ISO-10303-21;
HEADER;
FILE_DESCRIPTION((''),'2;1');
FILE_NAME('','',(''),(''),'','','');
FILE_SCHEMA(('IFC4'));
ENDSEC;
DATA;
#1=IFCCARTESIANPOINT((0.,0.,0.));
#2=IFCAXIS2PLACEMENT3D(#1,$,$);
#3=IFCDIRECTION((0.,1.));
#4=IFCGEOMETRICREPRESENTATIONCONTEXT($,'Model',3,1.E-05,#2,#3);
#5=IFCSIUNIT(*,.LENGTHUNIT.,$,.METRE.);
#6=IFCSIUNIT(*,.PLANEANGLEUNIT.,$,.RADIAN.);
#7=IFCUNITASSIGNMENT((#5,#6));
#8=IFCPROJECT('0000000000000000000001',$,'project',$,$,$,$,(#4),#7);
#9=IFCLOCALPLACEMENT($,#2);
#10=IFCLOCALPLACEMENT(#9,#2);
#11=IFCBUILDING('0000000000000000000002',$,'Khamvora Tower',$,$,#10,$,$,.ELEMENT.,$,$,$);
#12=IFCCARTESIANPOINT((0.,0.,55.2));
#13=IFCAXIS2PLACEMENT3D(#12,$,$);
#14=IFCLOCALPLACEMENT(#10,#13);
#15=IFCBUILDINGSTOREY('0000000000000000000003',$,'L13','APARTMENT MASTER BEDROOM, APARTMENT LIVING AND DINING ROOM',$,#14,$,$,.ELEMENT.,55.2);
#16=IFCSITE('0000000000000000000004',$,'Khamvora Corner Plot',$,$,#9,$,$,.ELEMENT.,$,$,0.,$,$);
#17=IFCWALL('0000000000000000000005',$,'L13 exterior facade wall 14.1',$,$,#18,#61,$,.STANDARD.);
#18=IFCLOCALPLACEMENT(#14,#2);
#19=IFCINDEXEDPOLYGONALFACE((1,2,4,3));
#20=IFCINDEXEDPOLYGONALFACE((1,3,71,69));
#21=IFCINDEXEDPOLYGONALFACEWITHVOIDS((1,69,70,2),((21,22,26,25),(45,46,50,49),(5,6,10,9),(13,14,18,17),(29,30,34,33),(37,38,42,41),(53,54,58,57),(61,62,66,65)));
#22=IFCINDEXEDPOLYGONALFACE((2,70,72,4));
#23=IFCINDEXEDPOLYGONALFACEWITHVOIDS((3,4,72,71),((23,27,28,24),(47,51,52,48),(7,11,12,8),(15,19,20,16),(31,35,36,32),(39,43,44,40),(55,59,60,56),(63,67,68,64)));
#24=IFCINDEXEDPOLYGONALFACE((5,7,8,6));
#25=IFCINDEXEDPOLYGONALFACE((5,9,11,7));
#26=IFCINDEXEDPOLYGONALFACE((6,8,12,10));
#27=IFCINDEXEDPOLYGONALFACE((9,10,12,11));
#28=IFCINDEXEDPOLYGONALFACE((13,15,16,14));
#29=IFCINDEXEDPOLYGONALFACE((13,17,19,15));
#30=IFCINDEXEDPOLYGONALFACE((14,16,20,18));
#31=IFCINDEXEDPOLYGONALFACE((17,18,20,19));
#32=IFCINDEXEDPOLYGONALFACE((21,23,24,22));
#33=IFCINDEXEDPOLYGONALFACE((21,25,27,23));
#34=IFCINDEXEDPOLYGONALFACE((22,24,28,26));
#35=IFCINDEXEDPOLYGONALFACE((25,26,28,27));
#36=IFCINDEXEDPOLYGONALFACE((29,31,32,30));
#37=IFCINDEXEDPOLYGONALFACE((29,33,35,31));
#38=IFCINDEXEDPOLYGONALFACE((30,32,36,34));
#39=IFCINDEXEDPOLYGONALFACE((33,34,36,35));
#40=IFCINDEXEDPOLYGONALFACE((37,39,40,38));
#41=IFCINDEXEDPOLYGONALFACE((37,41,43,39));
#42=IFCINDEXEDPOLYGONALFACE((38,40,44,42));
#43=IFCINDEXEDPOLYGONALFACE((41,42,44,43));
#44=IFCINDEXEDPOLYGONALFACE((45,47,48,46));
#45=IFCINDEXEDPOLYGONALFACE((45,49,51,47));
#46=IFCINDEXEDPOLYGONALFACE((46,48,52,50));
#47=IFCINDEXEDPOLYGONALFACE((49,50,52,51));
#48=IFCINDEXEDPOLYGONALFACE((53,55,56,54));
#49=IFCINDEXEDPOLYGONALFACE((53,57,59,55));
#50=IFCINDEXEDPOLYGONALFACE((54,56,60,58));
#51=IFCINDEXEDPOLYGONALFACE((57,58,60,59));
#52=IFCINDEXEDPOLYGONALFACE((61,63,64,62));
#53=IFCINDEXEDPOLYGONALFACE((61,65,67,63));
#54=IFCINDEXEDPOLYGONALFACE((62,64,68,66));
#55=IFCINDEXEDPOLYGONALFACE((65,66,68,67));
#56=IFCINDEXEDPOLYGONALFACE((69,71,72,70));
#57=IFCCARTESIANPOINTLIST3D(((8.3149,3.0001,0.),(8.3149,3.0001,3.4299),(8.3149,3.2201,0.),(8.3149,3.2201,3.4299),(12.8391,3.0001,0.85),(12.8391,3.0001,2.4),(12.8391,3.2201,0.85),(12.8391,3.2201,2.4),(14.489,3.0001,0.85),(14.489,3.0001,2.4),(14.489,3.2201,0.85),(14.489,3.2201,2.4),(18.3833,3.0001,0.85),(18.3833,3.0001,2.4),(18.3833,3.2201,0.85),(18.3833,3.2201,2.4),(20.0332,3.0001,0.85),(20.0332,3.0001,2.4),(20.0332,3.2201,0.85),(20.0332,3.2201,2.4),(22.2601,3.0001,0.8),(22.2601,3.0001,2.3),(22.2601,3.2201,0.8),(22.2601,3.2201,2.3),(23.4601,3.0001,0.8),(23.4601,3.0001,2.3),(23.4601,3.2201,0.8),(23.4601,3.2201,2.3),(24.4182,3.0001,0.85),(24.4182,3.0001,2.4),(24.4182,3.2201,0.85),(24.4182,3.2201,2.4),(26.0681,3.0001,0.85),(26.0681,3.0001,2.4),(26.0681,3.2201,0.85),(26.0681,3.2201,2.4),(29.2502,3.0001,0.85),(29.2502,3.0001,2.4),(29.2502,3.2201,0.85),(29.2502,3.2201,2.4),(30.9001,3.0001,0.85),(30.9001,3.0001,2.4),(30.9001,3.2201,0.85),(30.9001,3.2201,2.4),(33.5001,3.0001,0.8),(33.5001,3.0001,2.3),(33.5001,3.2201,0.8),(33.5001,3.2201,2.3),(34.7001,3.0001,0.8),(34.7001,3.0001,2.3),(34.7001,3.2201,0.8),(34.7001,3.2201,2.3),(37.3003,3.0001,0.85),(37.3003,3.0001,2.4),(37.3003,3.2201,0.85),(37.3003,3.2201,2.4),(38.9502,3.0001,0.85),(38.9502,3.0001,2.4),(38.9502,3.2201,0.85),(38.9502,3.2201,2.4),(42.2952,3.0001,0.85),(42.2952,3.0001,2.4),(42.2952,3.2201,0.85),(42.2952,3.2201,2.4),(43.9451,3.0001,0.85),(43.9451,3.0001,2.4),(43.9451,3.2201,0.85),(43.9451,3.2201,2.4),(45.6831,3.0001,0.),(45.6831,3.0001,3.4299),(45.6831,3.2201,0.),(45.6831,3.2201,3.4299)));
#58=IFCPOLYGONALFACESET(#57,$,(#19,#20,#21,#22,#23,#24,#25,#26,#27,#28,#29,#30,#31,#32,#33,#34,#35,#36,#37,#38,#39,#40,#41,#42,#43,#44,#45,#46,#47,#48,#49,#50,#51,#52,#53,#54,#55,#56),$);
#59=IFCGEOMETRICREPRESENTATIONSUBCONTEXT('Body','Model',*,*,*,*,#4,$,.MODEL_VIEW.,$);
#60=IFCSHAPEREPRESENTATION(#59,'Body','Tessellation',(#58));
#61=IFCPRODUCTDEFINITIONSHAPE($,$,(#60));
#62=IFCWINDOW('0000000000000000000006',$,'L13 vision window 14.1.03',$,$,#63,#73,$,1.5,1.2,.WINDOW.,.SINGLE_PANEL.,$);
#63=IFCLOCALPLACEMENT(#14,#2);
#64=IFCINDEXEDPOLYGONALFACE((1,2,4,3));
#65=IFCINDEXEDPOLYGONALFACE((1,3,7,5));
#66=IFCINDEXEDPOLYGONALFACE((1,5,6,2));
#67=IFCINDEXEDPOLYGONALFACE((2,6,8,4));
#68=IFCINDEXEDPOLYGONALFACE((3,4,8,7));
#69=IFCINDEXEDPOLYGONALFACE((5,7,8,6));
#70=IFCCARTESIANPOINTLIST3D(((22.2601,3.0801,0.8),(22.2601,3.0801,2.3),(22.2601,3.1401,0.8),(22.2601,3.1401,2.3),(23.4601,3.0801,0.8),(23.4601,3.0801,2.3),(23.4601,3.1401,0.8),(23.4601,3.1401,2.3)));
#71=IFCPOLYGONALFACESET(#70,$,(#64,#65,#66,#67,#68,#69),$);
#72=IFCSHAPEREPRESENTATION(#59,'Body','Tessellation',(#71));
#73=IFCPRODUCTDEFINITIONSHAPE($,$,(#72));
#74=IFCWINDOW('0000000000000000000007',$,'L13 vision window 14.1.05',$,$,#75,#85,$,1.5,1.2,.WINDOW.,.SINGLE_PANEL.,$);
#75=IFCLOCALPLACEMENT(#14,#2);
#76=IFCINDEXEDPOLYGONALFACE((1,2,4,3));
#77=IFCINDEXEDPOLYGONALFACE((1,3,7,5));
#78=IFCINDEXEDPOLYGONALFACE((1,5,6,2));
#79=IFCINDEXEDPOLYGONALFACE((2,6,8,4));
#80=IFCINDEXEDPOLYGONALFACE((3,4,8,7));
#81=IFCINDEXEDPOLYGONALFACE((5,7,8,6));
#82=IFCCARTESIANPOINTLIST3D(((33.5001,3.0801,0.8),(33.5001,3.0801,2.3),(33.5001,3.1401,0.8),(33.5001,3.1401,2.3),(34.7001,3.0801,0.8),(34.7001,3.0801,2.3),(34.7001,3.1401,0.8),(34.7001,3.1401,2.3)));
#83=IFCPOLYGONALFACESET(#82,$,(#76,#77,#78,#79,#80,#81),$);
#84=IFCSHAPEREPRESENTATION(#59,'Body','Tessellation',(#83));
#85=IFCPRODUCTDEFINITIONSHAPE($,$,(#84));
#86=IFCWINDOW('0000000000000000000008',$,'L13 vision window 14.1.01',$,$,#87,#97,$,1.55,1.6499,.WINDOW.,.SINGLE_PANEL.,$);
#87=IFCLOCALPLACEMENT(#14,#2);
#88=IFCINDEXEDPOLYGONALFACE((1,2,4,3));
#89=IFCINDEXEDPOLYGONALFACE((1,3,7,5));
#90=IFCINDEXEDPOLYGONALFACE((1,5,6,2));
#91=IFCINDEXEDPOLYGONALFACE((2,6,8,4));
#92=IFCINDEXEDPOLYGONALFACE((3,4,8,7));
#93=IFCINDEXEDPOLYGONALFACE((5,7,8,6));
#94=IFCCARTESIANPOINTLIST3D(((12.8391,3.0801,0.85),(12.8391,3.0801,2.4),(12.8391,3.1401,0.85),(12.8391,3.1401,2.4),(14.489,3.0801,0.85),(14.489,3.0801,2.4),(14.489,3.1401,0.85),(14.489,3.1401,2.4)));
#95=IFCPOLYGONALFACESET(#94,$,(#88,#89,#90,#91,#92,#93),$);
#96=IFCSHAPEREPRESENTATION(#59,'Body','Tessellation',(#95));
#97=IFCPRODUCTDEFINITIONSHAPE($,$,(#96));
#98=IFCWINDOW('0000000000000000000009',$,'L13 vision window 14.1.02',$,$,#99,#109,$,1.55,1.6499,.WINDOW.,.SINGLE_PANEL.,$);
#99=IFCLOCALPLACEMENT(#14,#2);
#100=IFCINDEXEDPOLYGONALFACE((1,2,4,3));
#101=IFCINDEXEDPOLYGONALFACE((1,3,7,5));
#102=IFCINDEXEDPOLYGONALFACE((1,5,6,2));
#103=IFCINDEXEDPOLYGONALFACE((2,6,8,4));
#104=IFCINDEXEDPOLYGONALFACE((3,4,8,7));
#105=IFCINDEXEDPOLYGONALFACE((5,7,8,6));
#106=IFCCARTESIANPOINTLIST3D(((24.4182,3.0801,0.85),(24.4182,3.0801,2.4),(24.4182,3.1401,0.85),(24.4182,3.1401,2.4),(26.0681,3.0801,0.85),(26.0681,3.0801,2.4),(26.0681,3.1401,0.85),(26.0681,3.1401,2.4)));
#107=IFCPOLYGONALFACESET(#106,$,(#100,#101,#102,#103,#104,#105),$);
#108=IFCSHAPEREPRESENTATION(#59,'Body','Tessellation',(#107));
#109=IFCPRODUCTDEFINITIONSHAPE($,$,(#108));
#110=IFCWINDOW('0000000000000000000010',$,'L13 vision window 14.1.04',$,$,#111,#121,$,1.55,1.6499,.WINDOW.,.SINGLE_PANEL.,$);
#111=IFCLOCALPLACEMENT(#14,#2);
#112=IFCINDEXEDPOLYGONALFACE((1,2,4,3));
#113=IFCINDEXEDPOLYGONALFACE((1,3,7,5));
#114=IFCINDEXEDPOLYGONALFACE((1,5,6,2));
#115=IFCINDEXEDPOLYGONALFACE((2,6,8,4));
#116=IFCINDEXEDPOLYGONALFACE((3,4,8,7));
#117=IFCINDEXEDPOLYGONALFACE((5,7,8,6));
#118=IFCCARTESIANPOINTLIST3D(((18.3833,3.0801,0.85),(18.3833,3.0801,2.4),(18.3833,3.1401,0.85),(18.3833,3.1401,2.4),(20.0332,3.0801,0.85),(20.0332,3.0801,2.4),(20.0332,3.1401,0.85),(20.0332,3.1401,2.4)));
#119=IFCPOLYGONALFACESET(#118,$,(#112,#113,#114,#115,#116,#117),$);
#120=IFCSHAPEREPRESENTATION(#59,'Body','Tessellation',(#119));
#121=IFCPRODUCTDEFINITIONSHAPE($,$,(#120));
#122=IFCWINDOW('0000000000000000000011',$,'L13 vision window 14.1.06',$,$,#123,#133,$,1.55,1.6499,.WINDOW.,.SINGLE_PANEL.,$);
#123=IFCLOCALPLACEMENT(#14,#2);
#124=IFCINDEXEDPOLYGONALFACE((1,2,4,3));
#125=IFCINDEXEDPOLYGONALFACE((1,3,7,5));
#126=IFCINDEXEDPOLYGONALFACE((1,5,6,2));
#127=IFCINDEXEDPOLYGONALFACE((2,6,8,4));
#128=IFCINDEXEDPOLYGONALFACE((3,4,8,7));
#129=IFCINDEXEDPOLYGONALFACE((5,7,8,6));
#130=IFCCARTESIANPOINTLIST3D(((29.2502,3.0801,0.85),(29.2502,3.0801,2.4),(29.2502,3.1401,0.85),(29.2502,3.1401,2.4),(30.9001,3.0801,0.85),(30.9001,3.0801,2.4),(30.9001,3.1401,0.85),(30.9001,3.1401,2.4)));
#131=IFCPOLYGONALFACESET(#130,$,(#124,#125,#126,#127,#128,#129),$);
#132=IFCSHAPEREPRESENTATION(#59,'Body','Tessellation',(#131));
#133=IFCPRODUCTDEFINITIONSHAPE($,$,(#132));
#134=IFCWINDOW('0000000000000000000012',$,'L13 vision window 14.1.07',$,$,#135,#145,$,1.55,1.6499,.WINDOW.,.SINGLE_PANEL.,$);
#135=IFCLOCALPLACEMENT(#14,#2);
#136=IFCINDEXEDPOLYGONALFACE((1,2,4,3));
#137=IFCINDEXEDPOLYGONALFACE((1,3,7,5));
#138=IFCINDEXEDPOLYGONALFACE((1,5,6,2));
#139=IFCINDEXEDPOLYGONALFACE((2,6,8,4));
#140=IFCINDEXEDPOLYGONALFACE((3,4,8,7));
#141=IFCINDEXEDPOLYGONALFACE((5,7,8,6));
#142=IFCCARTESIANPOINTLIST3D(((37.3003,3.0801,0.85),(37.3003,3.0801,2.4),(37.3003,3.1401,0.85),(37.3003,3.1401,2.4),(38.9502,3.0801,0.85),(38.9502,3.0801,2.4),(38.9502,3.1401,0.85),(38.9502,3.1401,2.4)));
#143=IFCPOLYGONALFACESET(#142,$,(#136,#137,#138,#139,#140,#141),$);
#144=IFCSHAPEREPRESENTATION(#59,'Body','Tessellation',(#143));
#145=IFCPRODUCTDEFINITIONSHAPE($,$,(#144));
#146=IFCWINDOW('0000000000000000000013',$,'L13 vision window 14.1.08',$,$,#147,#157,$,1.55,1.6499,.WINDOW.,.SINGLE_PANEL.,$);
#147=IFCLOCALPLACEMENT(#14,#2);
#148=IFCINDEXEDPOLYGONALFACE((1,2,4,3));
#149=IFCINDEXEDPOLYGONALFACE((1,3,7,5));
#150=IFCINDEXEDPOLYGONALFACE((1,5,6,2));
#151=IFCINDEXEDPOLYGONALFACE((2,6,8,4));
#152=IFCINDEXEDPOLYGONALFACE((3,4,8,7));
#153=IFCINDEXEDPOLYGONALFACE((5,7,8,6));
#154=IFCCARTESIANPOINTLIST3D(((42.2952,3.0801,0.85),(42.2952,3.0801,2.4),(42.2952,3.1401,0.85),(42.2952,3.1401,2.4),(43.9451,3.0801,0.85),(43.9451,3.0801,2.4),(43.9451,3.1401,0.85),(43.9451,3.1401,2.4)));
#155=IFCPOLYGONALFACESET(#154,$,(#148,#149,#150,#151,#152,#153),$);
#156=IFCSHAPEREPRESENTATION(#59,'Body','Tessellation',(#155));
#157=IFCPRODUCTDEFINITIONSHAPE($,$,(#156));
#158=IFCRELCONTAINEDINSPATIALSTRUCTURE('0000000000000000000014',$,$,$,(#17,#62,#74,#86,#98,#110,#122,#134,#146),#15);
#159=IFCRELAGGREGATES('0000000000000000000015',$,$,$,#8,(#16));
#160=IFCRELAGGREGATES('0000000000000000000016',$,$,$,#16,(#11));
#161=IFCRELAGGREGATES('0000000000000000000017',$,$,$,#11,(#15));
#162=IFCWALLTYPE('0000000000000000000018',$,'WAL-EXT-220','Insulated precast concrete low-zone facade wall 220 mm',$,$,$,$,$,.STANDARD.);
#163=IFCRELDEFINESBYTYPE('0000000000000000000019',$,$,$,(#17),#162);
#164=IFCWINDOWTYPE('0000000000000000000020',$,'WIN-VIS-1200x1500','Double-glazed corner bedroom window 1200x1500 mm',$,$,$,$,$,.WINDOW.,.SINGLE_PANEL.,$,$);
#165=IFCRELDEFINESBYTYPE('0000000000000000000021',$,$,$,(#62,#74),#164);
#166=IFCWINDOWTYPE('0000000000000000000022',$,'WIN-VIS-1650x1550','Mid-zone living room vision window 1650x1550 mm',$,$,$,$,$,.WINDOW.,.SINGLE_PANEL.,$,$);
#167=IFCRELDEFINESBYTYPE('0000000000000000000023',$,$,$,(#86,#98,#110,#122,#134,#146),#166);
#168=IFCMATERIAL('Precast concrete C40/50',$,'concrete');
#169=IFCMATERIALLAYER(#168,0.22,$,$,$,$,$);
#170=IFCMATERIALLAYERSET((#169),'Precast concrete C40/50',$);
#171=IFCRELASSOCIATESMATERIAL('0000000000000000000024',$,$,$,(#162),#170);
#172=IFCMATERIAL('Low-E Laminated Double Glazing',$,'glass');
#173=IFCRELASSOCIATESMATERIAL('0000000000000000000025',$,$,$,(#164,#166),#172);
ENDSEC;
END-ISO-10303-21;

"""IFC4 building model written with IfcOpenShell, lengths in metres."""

from ifc_helpers import new_model, si_unit, direction, frame, frame_2d, origin, place, context, subcontext, project, spatial, rectangle, extrude, material, layer, layer_set, type_object, element, fill, save


model = new_model("IFC4")

# Units and contexts
model_context = context("Model", 3, precision=1e-05, world=origin(), true_north=direction((0.0, 1.0)))
body_context = subcontext(model_context, "Body", "Model", "MODEL_VIEW")
ifc_project = project(units=[si_unit("LENGTHUNIT", "METRE"), si_unit("PLANEANGLEUNIT", "RADIAN")], contexts=[model_context])

# Site, building, storey
site_placement = place(None, origin())
site = spatial("IfcSite", under=ifc_project, at=site_placement, Name="Khamvora Corner Plot", CompositionType="ELEMENT", RefElevation=0.0)
building_placement = place(site_placement, origin())
building = spatial("IfcBuilding", under=site, at=building_placement, Name="Khamvora Tower", CompositionType="ELEMENT")
storey_placement = place(building_placement, frame((0.0, 0.0, 55.2)))
storey = spatial("IfcBuildingStorey", under=building, at=storey_placement, Name="L13", Description="APARTMENT MASTER BEDROOM, APARTMENT LIVING AND DINING ROOM", CompositionType="ELEMENT", Elevation=55.2)

# Shared definitions
ifc_material_1 = material(Name="Precast concrete C40/50", Category="concrete")
ifc_layer_1 = layer(ifc_material_1, 0.22)
ifc_layer_set_1 = layer_set([ifc_layer_1], Name="Precast concrete C40/50")
wall_type_1 = type_object("IfcWallType", Name="WAL-EXT-220", Description="Insulated precast concrete low-zone facade wall 220 mm", PredefinedType="STANDARD", material=ifc_layer_set_1)

# Wall, openings, windows
wall_1_placement = place(storey_placement, frame((45.6831, 3.1101, 0.0), z_axis=(0.0, 0.0, 1.0), x_axis=(-1.0, 0.0, 0.0)))
wall_1 = element("IfcWall", 1, at=wall_1_placement, inside=storey, type_object=wall_type_1, Name="L13 exterior facade wall 14.1", PredefinedType="STANDARD", context=body_context, shape_type="SweptSolid", body=[
    extrude(rectangle(XDim=37.3682, YDim=0.22, at=frame_2d((18.6841, 0.0))), origin(), (0.0, 0.0, 1.0), 3.4299),
])
opening_1_placement = place(wall_1_placement, frame((31.1941, 0.0, 0.8501)))
opening_1 = element("IfcOpeningElement", 2, at=opening_1_placement, cuts=wall_1, PredefinedType="OPENING", context=body_context, shape_type="SweptSolid", body=[
    extrude(rectangle(XDim=1.6499, YDim=1.55, at=frame_2d((0.825, 0.7749))), frame((0.0, 0.1199, 0.0), z_axis=(0.0, -1.0, 0.0), x_axis=(1.0, 0.0, 0.0)), (0.0, 0.0, 1.0), 0.24),
])
opening_2_placement = place(wall_1_placement, frame((19.615, 0.0, 0.8501)))
opening_2 = element("IfcOpeningElement", 3, at=opening_2_placement, cuts=wall_1, PredefinedType="OPENING", context=body_context, shape_type="SweptSolid", body=[
    extrude(rectangle(XDim=1.6499, YDim=1.55, at=frame_2d((0.825, 0.7749))), frame((0.0, 0.1199, 0.0), z_axis=(0.0, -1.0, 0.0), x_axis=(1.0, 0.0, 0.0)), (0.0, 0.0, 1.0), 0.24),
])
opening_3_placement = place(wall_1_placement, frame((22.2229, 0.0, 0.8)))
opening_3 = element("IfcOpeningElement", 4, at=opening_3_placement, cuts=wall_1, PredefinedType="OPENING", context=body_context, shape_type="SweptSolid", body=[
    extrude(rectangle(XDim=1.2, YDim=1.5, at=frame_2d((0.6001, 0.75))), frame((0.0, 0.1199, 0.0), z_axis=(0.0, -1.0, 0.0), x_axis=(1.0, 0.0, 0.0)), (0.0, 0.0, 1.0), 0.24),
])
opening_4_placement = place(wall_1_placement, frame((25.6499, 0.0, 0.8501)))
opening_4 = element("IfcOpeningElement", 5, at=opening_4_placement, cuts=wall_1, PredefinedType="OPENING", context=body_context, shape_type="SweptSolid", body=[
    extrude(rectangle(XDim=1.6499, YDim=1.55, at=frame_2d((0.825, 0.7749))), frame((0.0, 0.1199, 0.0), z_axis=(0.0, -1.0, 0.0), x_axis=(1.0, 0.0, 0.0)), (0.0, 0.0, 1.0), 0.24),
])
opening_5_placement = place(wall_1_placement, frame((10.9829, 0.0, 0.8)))
opening_5 = element("IfcOpeningElement", 6, at=opening_5_placement, cuts=wall_1, PredefinedType="OPENING", context=body_context, shape_type="SweptSolid", body=[
    extrude(rectangle(XDim=1.2, YDim=1.5, at=frame_2d((0.6001, 0.75))), frame((0.0, 0.1199, 0.0), z_axis=(0.0, -1.0, 0.0), x_axis=(1.0, 0.0, 0.0)), (0.0, 0.0, 1.0), 0.24),
])
opening_6_placement = place(wall_1_placement, frame((14.783, 0.0, 0.8501)))
opening_6 = element("IfcOpeningElement", 7, at=opening_6_placement, cuts=wall_1, PredefinedType="OPENING", context=body_context, shape_type="SweptSolid", body=[
    extrude(rectangle(XDim=1.6499, YDim=1.55, at=frame_2d((0.825, 0.7749))), frame((0.0, 0.1199, 0.0), z_axis=(0.0, -1.0, 0.0), x_axis=(1.0, 0.0, 0.0)), (0.0, 0.0, 1.0), 0.24),
])
opening_7_placement = place(wall_1_placement, frame((6.7329, 0.0, 0.8501)))
opening_7 = element("IfcOpeningElement", 8, at=opening_7_placement, cuts=wall_1, PredefinedType="OPENING", context=body_context, shape_type="SweptSolid", body=[
    extrude(rectangle(XDim=1.6499, YDim=1.55, at=frame_2d((0.825, 0.7749))), frame((0.0, 0.1199, 0.0), z_axis=(0.0, -1.0, 0.0), x_axis=(1.0, 0.0, 0.0)), (0.0, 0.0, 1.0), 0.24),
])
opening_8_placement = place(wall_1_placement, frame((1.738, 0.0, 0.8501)))
opening_8 = element("IfcOpeningElement", 9, at=opening_8_placement, cuts=wall_1, PredefinedType="OPENING", context=body_context, shape_type="SweptSolid", body=[
    extrude(rectangle(XDim=1.6499, YDim=1.55, at=frame_2d((0.825, 0.7749))), frame((0.0, 0.1199, 0.0), z_axis=(0.0, -1.0, 0.0), x_axis=(1.0, 0.0, 0.0)), (0.0, 0.0, 1.0), 0.24),
])
ifc_material_2 = material(Name="Low-E Laminated Double Glazing", Category="glass")
window_type_1 = type_object("IfcWindowType", Name="WIN-VIS-1200x1500", Description="Double-glazed corner bedroom window 1200x1500 mm", PartitioningType="SINGLE_PANEL", PredefinedType="WINDOW", material=ifc_material_2)
window_1_placement = place(opening_3_placement, origin())
window_1 = element("IfcWindow", 10, at=window_1_placement, inside=storey, type_object=window_type_1, Name="L13 vision window 14.1.03", OverallHeight=1.5, OverallWidth=1.2, PartitioningType="SINGLE_PANEL", PredefinedType="WINDOW", context=body_context, shape_type="SweptSolid", body=[
    extrude(rectangle(XDim=1.2, YDim=1.5, at=frame_2d((0.6001, 0.75))), frame((0.0, 0.03, 0.0), z_axis=(0.0, -1.0, 0.0), x_axis=(1.0, 0.0, 0.0)), (0.0, 0.0, 1.0), 0.0601),
])
fill(opening_3, window_1)
window_2_placement = place(opening_5_placement, origin())
window_2 = element("IfcWindow", 11, at=window_2_placement, inside=storey, type_object=window_type_1, Name="L13 vision window 14.1.05", OverallHeight=1.5, OverallWidth=1.2, PartitioningType="SINGLE_PANEL", PredefinedType="WINDOW", context=body_context, shape_type="SweptSolid", body=[
    extrude(rectangle(XDim=1.2, YDim=1.5, at=frame_2d((0.6001, 0.75))), frame((0.0, 0.03, 0.0), z_axis=(0.0, -1.0, 0.0), x_axis=(1.0, 0.0, 0.0)), (0.0, 0.0, 1.0), 0.0601),
])
fill(opening_5, window_2)
window_type_2 = type_object("IfcWindowType", Name="WIN-VIS-1650x1550", Description="Mid-zone living room vision window 1650x1550 mm", PartitioningType="SINGLE_PANEL", PredefinedType="WINDOW", material=ifc_material_2)
window_3_placement = place(opening_1_placement, origin())
window_3 = element("IfcWindow", 12, at=window_3_placement, inside=storey, type_object=window_type_2, Name="L13 vision window 14.1.01", OverallHeight=1.55, OverallWidth=1.6499, PartitioningType="SINGLE_PANEL", PredefinedType="WINDOW", context=body_context, shape_type="SweptSolid", body=[
    extrude(rectangle(XDim=1.6499, YDim=1.55, at=frame_2d((0.825, 0.7749))), frame((0.0, 0.03, 0.0), z_axis=(0.0, -1.0, 0.0), x_axis=(1.0, 0.0, 0.0)), (0.0, 0.0, 1.0), 0.0601),
])
fill(opening_1, window_3)
window_4_placement = place(opening_2_placement, origin())
window_4 = element("IfcWindow", 13, at=window_4_placement, inside=storey, type_object=window_type_2, Name="L13 vision window 14.1.02", OverallHeight=1.55, OverallWidth=1.6499, PartitioningType="SINGLE_PANEL", PredefinedType="WINDOW", context=body_context, shape_type="SweptSolid", body=[
    extrude(rectangle(XDim=1.6499, YDim=1.55, at=frame_2d((0.825, 0.7749))), frame((0.0, 0.03, 0.0), z_axis=(0.0, -1.0, 0.0), x_axis=(1.0, 0.0, 0.0)), (0.0, 0.0, 1.0), 0.0601),
])
fill(opening_2, window_4)
window_5_placement = place(opening_4_placement, origin())
window_5 = element("IfcWindow", 14, at=window_5_placement, inside=storey, type_object=window_type_2, Name="L13 vision window 14.1.04", OverallHeight=1.55, OverallWidth=1.6499, PartitioningType="SINGLE_PANEL", PredefinedType="WINDOW", context=body_context, shape_type="SweptSolid", body=[
    extrude(rectangle(XDim=1.6499, YDim=1.55, at=frame_2d((0.825, 0.7749))), frame((0.0, 0.03, 0.0), z_axis=(0.0, -1.0, 0.0), x_axis=(1.0, 0.0, 0.0)), (0.0, 0.0, 1.0), 0.0601),
])
fill(opening_4, window_5)
window_6_placement = place(opening_6_placement, origin())
window_6 = element("IfcWindow", 15, at=window_6_placement, inside=storey, type_object=window_type_2, Name="L13 vision window 14.1.06", OverallHeight=1.55, OverallWidth=1.6499, PartitioningType="SINGLE_PANEL", PredefinedType="WINDOW", context=body_context, shape_type="SweptSolid", body=[
    extrude(rectangle(XDim=1.6499, YDim=1.55, at=frame_2d((0.825, 0.7749))), frame((0.0, 0.03, 0.0), z_axis=(0.0, -1.0, 0.0), x_axis=(1.0, 0.0, 0.0)), (0.0, 0.0, 1.0), 0.0601),
])
fill(opening_6, window_6)
window_7_placement = place(opening_7_placement, origin())
window_7 = element("IfcWindow", 16, at=window_7_placement, inside=storey, type_object=window_type_2, Name="L13 vision window 14.1.07", OverallHeight=1.55, OverallWidth=1.6499, PartitioningType="SINGLE_PANEL", PredefinedType="WINDOW", context=body_context, shape_type="SweptSolid", body=[
    extrude(rectangle(XDim=1.6499, YDim=1.55, at=frame_2d((0.825, 0.7749))), frame((0.0, 0.03, 0.0), z_axis=(0.0, -1.0, 0.0), x_axis=(1.0, 0.0, 0.0)), (0.0, 0.0, 1.0), 0.0601),
])
fill(opening_7, window_7)
window_8_placement = place(opening_8_placement, origin())
window_8 = element("IfcWindow", 17, at=window_8_placement, inside=storey, type_object=window_type_2, Name="L13 vision window 14.1.08", OverallHeight=1.55, OverallWidth=1.6499, PartitioningType="SINGLE_PANEL", PredefinedType="WINDOW", context=body_context, shape_type="SweptSolid", body=[
    extrude(rectangle(XDim=1.6499, YDim=1.55, at=frame_2d((0.825, 0.7749))), frame((0.0, 0.03, 0.0), z_axis=(0.0, -1.0, 0.0), x_axis=(1.0, 0.0, 0.0)), (0.0, 0.0, 1.0), 0.0601),
])
fill(opening_8, window_8)

save(model, "model.ifc")
